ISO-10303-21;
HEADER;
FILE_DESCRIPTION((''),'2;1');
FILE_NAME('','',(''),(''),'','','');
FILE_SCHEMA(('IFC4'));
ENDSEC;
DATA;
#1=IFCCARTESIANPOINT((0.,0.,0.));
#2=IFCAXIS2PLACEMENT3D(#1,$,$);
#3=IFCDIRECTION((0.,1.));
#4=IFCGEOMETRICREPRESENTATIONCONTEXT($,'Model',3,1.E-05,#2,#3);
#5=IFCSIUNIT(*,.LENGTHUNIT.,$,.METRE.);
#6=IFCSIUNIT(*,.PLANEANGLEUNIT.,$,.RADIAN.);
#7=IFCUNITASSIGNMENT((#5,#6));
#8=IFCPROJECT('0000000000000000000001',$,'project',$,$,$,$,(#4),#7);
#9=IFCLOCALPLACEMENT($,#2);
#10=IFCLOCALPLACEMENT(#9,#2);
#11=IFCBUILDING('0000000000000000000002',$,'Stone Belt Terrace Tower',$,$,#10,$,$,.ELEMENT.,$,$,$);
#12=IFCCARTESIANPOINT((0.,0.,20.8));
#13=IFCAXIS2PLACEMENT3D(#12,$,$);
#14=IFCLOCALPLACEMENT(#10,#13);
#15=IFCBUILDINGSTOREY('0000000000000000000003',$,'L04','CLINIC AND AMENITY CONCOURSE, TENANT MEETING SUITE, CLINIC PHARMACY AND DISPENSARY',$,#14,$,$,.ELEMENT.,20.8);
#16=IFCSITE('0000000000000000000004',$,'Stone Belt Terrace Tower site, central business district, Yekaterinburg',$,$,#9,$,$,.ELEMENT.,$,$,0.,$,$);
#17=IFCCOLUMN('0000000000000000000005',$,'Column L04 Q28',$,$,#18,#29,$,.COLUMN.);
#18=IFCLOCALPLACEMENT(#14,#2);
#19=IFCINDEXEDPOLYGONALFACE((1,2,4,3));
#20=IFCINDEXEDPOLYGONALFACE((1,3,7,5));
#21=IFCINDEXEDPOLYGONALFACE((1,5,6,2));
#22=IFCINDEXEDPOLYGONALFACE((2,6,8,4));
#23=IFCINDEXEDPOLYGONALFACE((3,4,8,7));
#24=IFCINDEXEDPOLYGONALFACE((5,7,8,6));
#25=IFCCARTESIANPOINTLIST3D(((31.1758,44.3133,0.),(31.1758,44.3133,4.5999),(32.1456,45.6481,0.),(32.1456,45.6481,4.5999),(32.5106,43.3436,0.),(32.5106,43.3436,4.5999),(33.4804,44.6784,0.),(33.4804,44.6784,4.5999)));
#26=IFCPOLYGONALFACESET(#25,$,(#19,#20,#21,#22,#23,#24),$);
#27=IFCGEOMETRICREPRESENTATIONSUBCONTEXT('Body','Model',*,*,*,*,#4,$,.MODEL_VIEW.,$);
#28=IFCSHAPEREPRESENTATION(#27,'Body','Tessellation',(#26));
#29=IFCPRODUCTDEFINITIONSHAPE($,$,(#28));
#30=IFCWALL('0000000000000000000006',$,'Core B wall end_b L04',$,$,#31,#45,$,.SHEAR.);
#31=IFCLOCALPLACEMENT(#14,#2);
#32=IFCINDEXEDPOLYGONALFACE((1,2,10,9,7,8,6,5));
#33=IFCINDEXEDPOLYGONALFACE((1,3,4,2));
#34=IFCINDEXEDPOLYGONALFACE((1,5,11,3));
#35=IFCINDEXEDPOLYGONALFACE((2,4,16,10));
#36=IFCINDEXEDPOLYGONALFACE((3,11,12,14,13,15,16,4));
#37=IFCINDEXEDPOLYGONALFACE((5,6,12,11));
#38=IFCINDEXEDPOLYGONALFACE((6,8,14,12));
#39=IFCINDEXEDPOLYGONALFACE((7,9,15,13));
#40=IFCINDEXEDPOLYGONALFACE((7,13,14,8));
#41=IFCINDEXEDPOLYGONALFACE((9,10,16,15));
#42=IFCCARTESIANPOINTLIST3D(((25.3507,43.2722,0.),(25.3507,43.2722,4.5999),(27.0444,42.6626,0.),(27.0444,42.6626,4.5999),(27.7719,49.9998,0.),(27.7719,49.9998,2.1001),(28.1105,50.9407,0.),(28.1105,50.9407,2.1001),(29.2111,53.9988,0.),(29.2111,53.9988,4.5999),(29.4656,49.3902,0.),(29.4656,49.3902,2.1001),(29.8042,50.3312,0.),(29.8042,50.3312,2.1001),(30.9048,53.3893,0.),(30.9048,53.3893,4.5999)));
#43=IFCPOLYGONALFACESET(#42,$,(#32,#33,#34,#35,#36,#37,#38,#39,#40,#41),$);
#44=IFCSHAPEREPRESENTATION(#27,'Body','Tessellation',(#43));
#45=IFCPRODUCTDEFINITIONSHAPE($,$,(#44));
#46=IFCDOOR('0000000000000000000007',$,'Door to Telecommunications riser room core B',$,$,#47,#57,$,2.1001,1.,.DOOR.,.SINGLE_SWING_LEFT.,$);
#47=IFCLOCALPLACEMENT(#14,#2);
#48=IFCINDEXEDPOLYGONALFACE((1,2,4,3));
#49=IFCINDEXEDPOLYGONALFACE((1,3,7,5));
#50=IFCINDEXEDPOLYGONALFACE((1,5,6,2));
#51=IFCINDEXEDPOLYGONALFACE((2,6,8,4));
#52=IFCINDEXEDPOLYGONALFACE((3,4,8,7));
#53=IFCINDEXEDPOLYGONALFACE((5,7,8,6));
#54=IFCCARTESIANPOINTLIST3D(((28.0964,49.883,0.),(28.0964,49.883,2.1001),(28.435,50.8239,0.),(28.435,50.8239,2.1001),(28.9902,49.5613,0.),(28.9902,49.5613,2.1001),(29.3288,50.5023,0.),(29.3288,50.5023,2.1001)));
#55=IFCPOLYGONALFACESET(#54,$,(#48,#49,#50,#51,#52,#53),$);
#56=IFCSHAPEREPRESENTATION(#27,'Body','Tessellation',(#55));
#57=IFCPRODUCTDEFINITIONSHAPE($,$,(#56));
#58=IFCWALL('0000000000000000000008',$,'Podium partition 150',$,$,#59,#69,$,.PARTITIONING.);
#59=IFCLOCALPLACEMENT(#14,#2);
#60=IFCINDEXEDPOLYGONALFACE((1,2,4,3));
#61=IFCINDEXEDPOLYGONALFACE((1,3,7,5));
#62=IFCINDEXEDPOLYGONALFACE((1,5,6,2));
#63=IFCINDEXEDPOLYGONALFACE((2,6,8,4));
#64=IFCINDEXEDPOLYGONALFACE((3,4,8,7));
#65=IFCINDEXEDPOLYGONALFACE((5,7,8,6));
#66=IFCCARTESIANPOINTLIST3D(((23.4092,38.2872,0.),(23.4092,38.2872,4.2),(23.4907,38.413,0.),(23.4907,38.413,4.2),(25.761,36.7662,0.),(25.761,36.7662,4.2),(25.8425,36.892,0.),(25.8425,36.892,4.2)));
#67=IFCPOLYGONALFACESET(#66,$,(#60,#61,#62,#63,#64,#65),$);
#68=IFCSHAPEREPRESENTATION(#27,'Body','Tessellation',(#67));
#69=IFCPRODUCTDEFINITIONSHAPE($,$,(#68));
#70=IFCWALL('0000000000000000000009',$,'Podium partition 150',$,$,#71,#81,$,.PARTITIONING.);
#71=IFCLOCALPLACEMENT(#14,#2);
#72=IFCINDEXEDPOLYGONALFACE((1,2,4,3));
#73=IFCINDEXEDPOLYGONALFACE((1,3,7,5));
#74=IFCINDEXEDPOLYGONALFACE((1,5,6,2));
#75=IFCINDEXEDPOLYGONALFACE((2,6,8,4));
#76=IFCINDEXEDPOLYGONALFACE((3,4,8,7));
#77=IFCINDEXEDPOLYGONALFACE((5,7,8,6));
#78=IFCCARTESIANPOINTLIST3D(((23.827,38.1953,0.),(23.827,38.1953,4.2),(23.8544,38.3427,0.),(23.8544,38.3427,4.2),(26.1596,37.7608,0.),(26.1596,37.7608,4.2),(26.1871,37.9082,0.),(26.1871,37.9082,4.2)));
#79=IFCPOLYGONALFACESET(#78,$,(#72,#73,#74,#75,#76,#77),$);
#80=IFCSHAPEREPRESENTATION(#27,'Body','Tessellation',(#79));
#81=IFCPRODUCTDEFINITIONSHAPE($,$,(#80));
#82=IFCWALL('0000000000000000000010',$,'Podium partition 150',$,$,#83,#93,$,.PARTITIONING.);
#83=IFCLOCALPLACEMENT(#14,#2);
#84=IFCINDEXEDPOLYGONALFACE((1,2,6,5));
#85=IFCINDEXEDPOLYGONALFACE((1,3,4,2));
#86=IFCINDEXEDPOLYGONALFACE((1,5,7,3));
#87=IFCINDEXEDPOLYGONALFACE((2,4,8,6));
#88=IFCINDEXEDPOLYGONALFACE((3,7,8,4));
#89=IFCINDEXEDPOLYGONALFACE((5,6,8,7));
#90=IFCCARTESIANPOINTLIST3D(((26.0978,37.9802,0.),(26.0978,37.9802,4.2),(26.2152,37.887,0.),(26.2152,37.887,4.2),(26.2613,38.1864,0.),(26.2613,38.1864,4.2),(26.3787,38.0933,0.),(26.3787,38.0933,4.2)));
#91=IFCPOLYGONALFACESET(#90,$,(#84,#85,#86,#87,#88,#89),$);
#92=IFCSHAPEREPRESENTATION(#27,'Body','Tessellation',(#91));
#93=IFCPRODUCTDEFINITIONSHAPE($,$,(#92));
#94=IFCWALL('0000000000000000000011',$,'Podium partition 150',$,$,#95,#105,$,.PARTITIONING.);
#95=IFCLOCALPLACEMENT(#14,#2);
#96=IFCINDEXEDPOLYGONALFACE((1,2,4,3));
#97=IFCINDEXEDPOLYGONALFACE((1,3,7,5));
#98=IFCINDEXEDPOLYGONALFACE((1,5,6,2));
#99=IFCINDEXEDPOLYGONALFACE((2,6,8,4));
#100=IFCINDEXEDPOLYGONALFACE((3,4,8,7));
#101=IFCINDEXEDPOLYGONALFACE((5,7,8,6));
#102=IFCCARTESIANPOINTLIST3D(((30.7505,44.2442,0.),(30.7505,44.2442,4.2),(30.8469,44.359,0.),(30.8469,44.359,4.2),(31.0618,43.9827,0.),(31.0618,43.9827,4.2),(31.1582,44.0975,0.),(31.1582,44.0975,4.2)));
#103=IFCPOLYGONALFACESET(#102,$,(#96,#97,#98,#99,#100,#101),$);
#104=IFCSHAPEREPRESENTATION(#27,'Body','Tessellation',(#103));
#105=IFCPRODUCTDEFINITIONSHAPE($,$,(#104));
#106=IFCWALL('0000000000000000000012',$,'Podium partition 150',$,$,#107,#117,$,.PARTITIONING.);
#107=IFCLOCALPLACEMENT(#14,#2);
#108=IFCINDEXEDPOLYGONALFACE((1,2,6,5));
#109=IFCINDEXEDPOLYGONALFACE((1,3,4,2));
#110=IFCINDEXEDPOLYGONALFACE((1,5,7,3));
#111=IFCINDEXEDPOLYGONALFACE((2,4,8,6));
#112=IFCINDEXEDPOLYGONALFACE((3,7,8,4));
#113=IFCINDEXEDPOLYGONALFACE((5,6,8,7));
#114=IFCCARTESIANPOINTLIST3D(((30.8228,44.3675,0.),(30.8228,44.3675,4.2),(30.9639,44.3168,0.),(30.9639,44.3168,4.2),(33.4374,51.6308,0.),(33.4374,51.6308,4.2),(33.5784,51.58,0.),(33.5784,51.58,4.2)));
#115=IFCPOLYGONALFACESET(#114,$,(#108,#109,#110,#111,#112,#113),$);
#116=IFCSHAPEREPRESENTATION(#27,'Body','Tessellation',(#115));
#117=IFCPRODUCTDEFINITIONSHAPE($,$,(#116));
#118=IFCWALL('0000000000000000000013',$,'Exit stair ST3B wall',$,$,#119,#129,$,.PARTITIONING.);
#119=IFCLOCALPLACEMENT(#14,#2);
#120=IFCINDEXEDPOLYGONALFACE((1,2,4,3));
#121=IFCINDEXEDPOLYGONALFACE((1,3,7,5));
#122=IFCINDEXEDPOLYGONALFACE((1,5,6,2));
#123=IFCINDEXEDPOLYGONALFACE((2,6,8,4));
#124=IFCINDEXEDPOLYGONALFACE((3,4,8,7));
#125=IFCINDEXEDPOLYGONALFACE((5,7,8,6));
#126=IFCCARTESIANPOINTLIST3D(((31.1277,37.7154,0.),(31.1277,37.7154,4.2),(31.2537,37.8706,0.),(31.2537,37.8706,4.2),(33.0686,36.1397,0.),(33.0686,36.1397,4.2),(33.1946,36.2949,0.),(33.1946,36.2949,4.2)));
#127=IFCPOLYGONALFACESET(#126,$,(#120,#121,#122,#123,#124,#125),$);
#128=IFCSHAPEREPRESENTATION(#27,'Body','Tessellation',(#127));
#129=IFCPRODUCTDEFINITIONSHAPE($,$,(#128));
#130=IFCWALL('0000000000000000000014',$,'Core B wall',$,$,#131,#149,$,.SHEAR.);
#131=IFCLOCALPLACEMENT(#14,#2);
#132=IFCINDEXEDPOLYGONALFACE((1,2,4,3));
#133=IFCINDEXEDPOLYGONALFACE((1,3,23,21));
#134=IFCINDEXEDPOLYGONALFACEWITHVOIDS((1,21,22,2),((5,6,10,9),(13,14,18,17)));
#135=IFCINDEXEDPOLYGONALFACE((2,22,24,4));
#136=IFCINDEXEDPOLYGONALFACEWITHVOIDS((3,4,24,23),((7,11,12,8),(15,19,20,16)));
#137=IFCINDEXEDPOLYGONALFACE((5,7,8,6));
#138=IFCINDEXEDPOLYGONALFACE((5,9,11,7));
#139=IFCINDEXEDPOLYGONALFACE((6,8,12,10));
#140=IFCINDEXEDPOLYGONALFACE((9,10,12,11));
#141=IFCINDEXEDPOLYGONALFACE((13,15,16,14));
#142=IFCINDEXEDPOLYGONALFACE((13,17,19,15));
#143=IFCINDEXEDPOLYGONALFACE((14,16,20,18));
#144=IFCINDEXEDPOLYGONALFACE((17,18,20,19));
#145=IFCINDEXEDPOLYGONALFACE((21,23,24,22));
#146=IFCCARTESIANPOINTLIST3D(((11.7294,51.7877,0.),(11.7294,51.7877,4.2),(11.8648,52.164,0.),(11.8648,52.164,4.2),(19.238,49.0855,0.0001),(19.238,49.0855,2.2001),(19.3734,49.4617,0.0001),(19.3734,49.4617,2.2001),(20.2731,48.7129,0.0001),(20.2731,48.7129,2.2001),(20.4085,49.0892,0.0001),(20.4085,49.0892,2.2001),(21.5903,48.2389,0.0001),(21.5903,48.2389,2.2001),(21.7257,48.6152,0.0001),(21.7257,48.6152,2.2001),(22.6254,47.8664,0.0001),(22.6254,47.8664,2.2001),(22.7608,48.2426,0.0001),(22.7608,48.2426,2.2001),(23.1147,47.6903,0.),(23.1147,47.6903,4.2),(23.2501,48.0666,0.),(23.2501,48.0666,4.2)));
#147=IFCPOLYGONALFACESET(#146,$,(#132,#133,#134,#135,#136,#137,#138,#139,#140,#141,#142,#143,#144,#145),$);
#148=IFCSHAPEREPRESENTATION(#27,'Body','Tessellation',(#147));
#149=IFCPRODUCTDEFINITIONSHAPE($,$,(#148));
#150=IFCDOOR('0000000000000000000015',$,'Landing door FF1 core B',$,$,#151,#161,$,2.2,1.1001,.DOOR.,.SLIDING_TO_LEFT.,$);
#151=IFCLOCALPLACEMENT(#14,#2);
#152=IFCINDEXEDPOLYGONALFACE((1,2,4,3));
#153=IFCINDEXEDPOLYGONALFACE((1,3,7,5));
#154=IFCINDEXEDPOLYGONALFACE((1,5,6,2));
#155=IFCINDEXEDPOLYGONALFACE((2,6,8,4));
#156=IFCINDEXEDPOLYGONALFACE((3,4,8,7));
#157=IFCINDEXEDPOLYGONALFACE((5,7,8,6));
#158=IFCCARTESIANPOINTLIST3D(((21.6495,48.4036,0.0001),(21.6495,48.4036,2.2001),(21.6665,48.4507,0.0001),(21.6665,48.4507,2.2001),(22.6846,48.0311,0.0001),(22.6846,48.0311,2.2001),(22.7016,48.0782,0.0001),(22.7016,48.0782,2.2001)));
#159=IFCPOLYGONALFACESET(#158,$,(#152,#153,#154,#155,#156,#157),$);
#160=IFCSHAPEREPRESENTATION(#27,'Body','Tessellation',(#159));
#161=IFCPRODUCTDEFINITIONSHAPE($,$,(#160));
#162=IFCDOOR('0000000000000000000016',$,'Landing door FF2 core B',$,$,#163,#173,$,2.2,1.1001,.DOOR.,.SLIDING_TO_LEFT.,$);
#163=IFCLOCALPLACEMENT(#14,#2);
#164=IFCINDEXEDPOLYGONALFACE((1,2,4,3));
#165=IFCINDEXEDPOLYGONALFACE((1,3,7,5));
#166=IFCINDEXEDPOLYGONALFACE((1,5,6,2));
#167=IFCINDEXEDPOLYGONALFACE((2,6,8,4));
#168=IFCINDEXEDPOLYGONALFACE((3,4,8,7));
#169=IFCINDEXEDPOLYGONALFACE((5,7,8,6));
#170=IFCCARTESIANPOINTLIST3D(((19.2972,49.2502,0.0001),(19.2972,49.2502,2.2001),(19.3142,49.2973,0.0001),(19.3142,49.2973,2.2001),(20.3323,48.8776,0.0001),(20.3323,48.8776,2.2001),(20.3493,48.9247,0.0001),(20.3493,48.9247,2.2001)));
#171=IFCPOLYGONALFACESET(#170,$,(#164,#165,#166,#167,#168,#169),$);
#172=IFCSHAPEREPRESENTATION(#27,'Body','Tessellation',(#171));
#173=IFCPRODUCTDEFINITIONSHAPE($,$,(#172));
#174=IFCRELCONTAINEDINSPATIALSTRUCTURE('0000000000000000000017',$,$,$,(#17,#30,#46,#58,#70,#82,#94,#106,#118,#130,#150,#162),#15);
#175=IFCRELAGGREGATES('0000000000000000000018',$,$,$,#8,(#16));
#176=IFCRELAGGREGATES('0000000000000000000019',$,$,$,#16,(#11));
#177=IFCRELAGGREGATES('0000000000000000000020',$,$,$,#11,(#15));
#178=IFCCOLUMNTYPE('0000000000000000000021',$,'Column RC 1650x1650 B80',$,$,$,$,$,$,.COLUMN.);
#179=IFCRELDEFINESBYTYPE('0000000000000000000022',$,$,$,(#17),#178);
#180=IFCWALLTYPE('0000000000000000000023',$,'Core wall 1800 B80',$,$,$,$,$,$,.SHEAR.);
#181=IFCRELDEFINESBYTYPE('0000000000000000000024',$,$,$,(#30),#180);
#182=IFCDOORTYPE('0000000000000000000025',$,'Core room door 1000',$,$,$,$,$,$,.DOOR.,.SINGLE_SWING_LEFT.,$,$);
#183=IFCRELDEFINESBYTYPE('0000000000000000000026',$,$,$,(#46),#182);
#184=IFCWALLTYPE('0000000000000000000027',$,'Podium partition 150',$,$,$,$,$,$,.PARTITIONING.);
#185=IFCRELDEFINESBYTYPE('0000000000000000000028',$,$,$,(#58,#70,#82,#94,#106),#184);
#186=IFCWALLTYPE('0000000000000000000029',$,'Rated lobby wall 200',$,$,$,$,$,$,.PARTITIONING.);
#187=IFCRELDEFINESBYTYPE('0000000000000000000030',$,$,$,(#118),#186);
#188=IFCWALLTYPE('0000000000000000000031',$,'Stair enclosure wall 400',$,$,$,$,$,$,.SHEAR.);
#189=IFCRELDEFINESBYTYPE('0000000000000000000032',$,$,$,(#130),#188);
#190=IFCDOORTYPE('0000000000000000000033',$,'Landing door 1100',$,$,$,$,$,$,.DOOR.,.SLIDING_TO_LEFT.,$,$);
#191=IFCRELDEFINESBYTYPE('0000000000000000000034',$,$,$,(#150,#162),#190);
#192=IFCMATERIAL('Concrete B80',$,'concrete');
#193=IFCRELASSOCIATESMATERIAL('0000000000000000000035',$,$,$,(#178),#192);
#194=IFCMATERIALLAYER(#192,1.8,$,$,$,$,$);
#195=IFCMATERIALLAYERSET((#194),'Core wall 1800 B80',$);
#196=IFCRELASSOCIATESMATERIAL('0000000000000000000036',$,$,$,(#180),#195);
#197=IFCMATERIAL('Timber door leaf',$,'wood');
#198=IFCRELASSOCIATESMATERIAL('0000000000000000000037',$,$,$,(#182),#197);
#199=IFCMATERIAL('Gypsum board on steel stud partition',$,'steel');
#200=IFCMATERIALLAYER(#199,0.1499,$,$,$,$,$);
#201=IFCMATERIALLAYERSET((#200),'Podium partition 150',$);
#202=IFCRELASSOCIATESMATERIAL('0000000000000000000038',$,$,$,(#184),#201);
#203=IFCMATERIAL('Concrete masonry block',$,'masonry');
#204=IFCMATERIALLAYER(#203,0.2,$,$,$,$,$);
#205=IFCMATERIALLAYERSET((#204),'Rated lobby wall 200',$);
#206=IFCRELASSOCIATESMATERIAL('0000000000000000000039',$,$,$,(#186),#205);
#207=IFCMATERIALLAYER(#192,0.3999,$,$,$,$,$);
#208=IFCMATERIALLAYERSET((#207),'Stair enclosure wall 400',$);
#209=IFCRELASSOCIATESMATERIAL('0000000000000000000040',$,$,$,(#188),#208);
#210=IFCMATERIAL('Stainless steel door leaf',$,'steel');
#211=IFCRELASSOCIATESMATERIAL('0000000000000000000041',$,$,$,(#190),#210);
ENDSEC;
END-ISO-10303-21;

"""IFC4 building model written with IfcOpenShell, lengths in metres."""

from ifc_helpers import new_model, si_unit, direction, frame, frame_2d, origin, origin_2d, place, context, subcontext, project, spatial, rectangle, extrude, material, layer, layer_set, material_profile, profile_set, type_object, element, fill, save


model = new_model("IFC4")

# Units and contexts
model_context = context("Model", 3, precision=1e-05, world=origin(), true_north=direction((0.0, 1.0)))
body_context = subcontext(model_context, "Body", "Model", "MODEL_VIEW")
ifc_project = project(units=[si_unit("LENGTHUNIT", "METRE"), si_unit("PLANEANGLEUNIT", "RADIAN")], contexts=[model_context])

# Site, building, storey
site_placement = place(None, origin())
site = spatial("IfcSite", under=ifc_project, at=site_placement, Name="Stone Belt Terrace Tower site, central business district, Yekaterinburg", CompositionType="ELEMENT", RefElevation=0.0)
building_placement = place(site_placement, origin())
building = spatial("IfcBuilding", under=site, at=building_placement, Name="Stone Belt Terrace Tower", CompositionType="ELEMENT")
storey_placement = place(building_placement, frame((0.0, 0.0, 20.8)))
storey = spatial("IfcBuildingStorey", under=building, at=storey_placement, Name="L04", Description="CLINIC AND AMENITY CONCOURSE, TENANT MEETING SUITE, CLINIC PHARMACY AND DISPENSARY", CompositionType="ELEMENT", Elevation=20.8)

# Column
ifc_material_1 = material(Name="Concrete B80", Category="concrete")
ifc_material_profile = material_profile(ifc_material_1, rectangle(XDim=1.6499, YDim=1.6499, at=origin_2d()), Name="RC 1650x1650")
ifc_profile_set = profile_set([ifc_material_profile], Name="Concrete B80")
column_type = type_object("IfcColumnType", Name="Column RC 1650x1650 B80", PredefinedType="COLUMN", material=ifc_profile_set)
column_placement = place(storey_placement, frame((32.3281, 44.4958, 0.0), z_axis=(0.0, 0.0, 1.0), x_axis=(0.809017, -0.587785, 0.0)))
element("IfcColumn", 1, at=column_placement, inside=storey, type_object=column_type, Name="Column L04 Q28", PredefinedType="COLUMN", context=body_context, shape_type="SweptSolid", body=[
    extrude(rectangle(XDim=1.6499, YDim=1.6499, at=origin_2d()), origin(), (0.0, 0.0, 1.0), 4.5999),
])

# Wall, opening, door
ifc_layer_1 = layer(ifc_material_1, 1.8)
ifc_layer_set_1 = layer_set([ifc_layer_1], Name="Core wall 1800 B80")
wall_type_1 = type_object("IfcWallType", Name="Core wall 1800 B80", PredefinedType="SHEAR", material=ifc_layer_set_1)
wall_1_placement = place(storey_placement, frame((26.1975, 42.9673, 0.0), z_axis=(0.0, 0.0, 1.0), x_axis=(0.338625, 0.940921, 0.0)))
wall_1 = element("IfcWall", 2, at=wall_1_placement, inside=storey, type_object=wall_type_1, Name="Core B wall end_b L04", PredefinedType="SHEAR", context=body_context, shape_type="SweptSolid", body=[
    extrude(rectangle(XDim=11.4001, YDim=1.8, at=frame_2d((5.7002, 0.0))), origin(), (0.0, 0.0, 1.0), 4.5999),
])
opening_1_placement = place(wall_1_placement, frame((7.1501, 0.0, 0.0)))
opening_1 = element("IfcOpeningElement", 3, at=opening_1_placement, cuts=wall_1, PredefinedType="OPENING", context=body_context, shape_type="SweptSolid", body=[
    extrude(rectangle(XDim=1.0, YDim=2.1001, at=frame_2d((0.5, 1.05))), frame((0.0, 0.9099, 0.0), z_axis=(0.0, -1.0, 0.0), x_axis=(1.0, 0.0, 0.0)), (0.0, 0.0, 1.0), 1.8201),
])
ifc_material_2 = material(Name="Timber door leaf", Category="wood")
door_type_1 = type_object("IfcDoorType", Name="Core room door 1000", OperationType="SINGLE_SWING_LEFT", PredefinedType="DOOR", material=ifc_material_2)
door_1_placement = place(opening_1_placement, origin())
door_1 = element("IfcDoor", 4, at=door_1_placement, inside=storey, type_object=door_type_1, Name="Door to Telecommunications riser room core B", OperationType="SINGLE_SWING_LEFT", OverallHeight=2.1001, OverallWidth=1.0, PredefinedType="DOOR", context=body_context, shape_type="SweptSolid", body=[
    extrude(rectangle(XDim=1.0, YDim=2.1001, at=frame_2d((0.5, 1.05))), frame((0.0, 0.5552, 0.0), z_axis=(0.0, -1.0, 0.0), x_axis=(1.0, 0.0, 0.0)), (0.0, 0.0, 1.0), 0.95),
])
fill(opening_1, door_1)

# Walls
ifc_material_3 = material(Name="Gypsum board on steel stud partition", Category="steel")
ifc_layer_2 = layer(ifc_material_3, 0.1499)
ifc_layer_set_2 = layer_set([ifc_layer_2], Name="Podium partition 150")
wall_type_2 = type_object("IfcWallType", Name="Podium partition 150", PredefinedType="PARTITIONING", material=ifc_layer_set_2)
wall_2_placement = place(storey_placement, frame((23.45, 38.3501, 0.0), z_axis=(0.0, 0.0, 1.0), x_axis=(0.839694, -0.54306, 0.0)))
element("IfcWall", 5, at=wall_2_placement, inside=storey, type_object=wall_type_2, Name="Podium partition 150", PredefinedType="PARTITIONING", context=body_context, shape_type="SweptSolid", body=[
    extrude(rectangle(XDim=2.8008, YDim=0.1499, at=frame_2d((1.4004, 0.0))), origin(), (0.0, 0.0, 1.0), 4.2),
])
wall_3_placement = place(storey_placement, frame((23.8406, 38.269, 0.0), z_axis=(0.0, 0.0, 1.0), x_axis=(0.983087, -0.183139, 0.0)))
element("IfcWall", 6, at=wall_3_placement, inside=storey, type_object=wall_type_2, Name="Podium partition 150", PredefinedType="PARTITIONING", context=body_context, shape_type="SweptSolid", body=[
    extrude(rectangle(XDim=2.3728, YDim=0.1499, at=frame_2d((1.1865, 0.0))), origin(), (0.0, 0.0, 1.0), 4.2),
])
wall_4_placement = place(storey_placement, frame((26.1565, 37.9336, 0.0), z_axis=(0.0, 0.0, 1.0), x_axis=(0.621297, 0.783576, 0.0)))
element("IfcWall", 7, at=wall_4_placement, inside=storey, type_object=wall_type_2, Name="Podium partition 150", PredefinedType="PARTITIONING", context=body_context, shape_type="SweptSolid", body=[
    extrude(rectangle(XDim=0.2632, YDim=0.1499, at=frame_2d((0.1316, 0.0))), origin(), (0.0, 0.0, 1.0), 4.2),
])
wall_5_placement = place(storey_placement, frame((30.7988, 44.3015, 0.0), z_axis=(0.0, 0.0, 1.0), x_axis=(0.765705, -0.643192, 0.0)))
element("IfcWall", 8, at=wall_5_placement, inside=storey, type_object=wall_type_2, Name="Podium partition 150", PredefinedType="PARTITIONING", context=body_context, shape_type="SweptSolid", body=[
    extrude(rectangle(XDim=0.4065, YDim=0.1499, at=frame_2d((0.2031, 0.0))), origin(), (0.0, 0.0, 1.0), 4.2),
])
wall_6_placement = place(storey_placement, frame((30.8933, 44.342, 0.0), z_axis=(0.0, 0.0, 1.0), x_axis=(0.338691, 0.940897, 0.0)))
element("IfcWall", 9, at=wall_6_placement, inside=storey, type_object=wall_type_2, Name="Podium partition 150", PredefinedType="PARTITIONING", context=body_context, shape_type="SweptSolid", body=[
    extrude(rectangle(XDim=7.7195, YDim=0.1499, at=frame_2d((3.8599, 0.0))), origin(), (0.0, 0.0, 1.0), 4.2),
])
ifc_material_4 = material(Name="Concrete masonry block", Category="masonry")
ifc_layer_3 = layer(ifc_material_4, 0.2)
ifc_layer_set_3 = layer_set([ifc_layer_3], Name="Rated lobby wall 200")
wall_type_3 = type_object("IfcWallType", Name="Rated lobby wall 200", PredefinedType="PARTITIONING", material=ifc_layer_set_3)
wall_7_placement = place(storey_placement, frame((31.1907, 37.793, 0.0), z_axis=(0.0, 0.0, 1.0), x_axis=(0.776371, -0.630276, 0.0)))
element("IfcWall", 10, at=wall_7_placement, inside=storey, type_object=wall_type_3, Name="Exit stair ST3B wall", PredefinedType="PARTITIONING", context=body_context, shape_type="SweptSolid", body=[
    extrude(rectangle(XDim=2.5, YDim=0.2, at=frame_2d((1.25, 0.0))), origin(), (0.0, 0.0, 1.0), 4.2),
])

# Wall, openings, doors
ifc_layer_4 = layer(ifc_material_1, 0.3999)
ifc_layer_set_4 = layer_set([ifc_layer_4], Name="Stair enclosure wall 400")
wall_type_4 = type_object("IfcWallType", Name="Stair enclosure wall 400", PredefinedType="SHEAR", material=ifc_layer_set_4)
wall_8_placement = place(storey_placement, frame((23.1824, 47.8784, 0.0), z_axis=(0.0, 0.0, 1.0), x_axis=(-0.940921, 0.338626, 0.0)))
wall_8 = element("IfcWall", 11, at=wall_8_placement, inside=storey, type_object=wall_type_4, Name="Core B wall", PredefinedType="SHEAR", context=body_context, shape_type="SweptSolid", body=[
    extrude(rectangle(XDim=12.1001, YDim=0.3999, at=frame_2d((6.05, 0.0))), origin(), (0.0, 0.0, 1.0), 4.2),
])
opening_2_placement = place(wall_8_placement, frame((0.52, 0.0, 0.0)))
opening_2 = element("IfcOpeningElement", 12, at=opening_2_placement, cuts=wall_8, PredefinedType="OPENING", context=body_context, shape_type="SweptSolid", body=[
    extrude(rectangle(XDim=1.1001, YDim=2.2, at=frame_2d((0.55, 1.1001))), frame((0.0, 0.21, 0.0), z_axis=(0.0, -1.0, 0.0), x_axis=(1.0, 0.0, 0.0)), (0.0, 0.0, 1.0), 0.4199),
])
opening_3_placement = place(wall_8_placement, frame((3.02, 0.0, 0.0)))
opening_3 = element("IfcOpeningElement", 13, at=opening_3_placement, cuts=wall_8, PredefinedType="OPENING", context=body_context, shape_type="SweptSolid", body=[
    extrude(rectangle(XDim=1.1001, YDim=2.2, at=frame_2d((0.55, 1.1001))), frame((0.0, 0.21, 0.0), z_axis=(0.0, -1.0, 0.0), x_axis=(1.0, 0.0, 0.0)), (0.0, 0.0, 1.0), 0.4199),
])
ifc_material_5 = material(Name="Stainless steel door leaf", Category="steel")
door_type_2 = type_object("IfcDoorType", Name="Landing door 1100", OperationType="SLIDING_TO_LEFT", PredefinedType="DOOR", material=ifc_material_5)
door_2_placement = place(opening_2_placement, origin())
door_2 = element("IfcDoor", 14, at=door_2_placement, inside=storey, type_object=door_type_2, Name="Landing door FF1 core B", OperationType="SLIDING_TO_LEFT", OverallHeight=2.2, OverallWidth=1.1001, PredefinedType="DOOR", context=body_context, shape_type="SweptSolid", body=[
    extrude(rectangle(XDim=1.1001, YDim=2.2, at=frame_2d((0.55, 1.1001))), frame((0.0, 0.0249, 0.0), z_axis=(0.0, -1.0, 0.0), x_axis=(1.0, 0.0, 0.0)), (0.0, 0.0, 1.0), 0.05),
])
fill(opening_2, door_2)
door_3_placement = place(opening_3_placement, origin())
door_3 = element("IfcDoor", 15, at=door_3_placement, inside=storey, type_object=door_type_2, Name="Landing door FF2 core B", OperationType="SLIDING_TO_LEFT", OverallHeight=2.2, OverallWidth=1.1001, PredefinedType="DOOR", context=body_context, shape_type="SweptSolid", body=[
    extrude(rectangle(XDim=1.1001, YDim=2.2, at=frame_2d((0.55, 1.1001))), frame((0.0, 0.0249, 0.0), z_axis=(0.0, -1.0, 0.0), x_axis=(1.0, 0.0, 0.0)), (0.0, 0.0, 1.0), 0.05),
])
fill(opening_3, door_3)

save(model, "model.ifc")
